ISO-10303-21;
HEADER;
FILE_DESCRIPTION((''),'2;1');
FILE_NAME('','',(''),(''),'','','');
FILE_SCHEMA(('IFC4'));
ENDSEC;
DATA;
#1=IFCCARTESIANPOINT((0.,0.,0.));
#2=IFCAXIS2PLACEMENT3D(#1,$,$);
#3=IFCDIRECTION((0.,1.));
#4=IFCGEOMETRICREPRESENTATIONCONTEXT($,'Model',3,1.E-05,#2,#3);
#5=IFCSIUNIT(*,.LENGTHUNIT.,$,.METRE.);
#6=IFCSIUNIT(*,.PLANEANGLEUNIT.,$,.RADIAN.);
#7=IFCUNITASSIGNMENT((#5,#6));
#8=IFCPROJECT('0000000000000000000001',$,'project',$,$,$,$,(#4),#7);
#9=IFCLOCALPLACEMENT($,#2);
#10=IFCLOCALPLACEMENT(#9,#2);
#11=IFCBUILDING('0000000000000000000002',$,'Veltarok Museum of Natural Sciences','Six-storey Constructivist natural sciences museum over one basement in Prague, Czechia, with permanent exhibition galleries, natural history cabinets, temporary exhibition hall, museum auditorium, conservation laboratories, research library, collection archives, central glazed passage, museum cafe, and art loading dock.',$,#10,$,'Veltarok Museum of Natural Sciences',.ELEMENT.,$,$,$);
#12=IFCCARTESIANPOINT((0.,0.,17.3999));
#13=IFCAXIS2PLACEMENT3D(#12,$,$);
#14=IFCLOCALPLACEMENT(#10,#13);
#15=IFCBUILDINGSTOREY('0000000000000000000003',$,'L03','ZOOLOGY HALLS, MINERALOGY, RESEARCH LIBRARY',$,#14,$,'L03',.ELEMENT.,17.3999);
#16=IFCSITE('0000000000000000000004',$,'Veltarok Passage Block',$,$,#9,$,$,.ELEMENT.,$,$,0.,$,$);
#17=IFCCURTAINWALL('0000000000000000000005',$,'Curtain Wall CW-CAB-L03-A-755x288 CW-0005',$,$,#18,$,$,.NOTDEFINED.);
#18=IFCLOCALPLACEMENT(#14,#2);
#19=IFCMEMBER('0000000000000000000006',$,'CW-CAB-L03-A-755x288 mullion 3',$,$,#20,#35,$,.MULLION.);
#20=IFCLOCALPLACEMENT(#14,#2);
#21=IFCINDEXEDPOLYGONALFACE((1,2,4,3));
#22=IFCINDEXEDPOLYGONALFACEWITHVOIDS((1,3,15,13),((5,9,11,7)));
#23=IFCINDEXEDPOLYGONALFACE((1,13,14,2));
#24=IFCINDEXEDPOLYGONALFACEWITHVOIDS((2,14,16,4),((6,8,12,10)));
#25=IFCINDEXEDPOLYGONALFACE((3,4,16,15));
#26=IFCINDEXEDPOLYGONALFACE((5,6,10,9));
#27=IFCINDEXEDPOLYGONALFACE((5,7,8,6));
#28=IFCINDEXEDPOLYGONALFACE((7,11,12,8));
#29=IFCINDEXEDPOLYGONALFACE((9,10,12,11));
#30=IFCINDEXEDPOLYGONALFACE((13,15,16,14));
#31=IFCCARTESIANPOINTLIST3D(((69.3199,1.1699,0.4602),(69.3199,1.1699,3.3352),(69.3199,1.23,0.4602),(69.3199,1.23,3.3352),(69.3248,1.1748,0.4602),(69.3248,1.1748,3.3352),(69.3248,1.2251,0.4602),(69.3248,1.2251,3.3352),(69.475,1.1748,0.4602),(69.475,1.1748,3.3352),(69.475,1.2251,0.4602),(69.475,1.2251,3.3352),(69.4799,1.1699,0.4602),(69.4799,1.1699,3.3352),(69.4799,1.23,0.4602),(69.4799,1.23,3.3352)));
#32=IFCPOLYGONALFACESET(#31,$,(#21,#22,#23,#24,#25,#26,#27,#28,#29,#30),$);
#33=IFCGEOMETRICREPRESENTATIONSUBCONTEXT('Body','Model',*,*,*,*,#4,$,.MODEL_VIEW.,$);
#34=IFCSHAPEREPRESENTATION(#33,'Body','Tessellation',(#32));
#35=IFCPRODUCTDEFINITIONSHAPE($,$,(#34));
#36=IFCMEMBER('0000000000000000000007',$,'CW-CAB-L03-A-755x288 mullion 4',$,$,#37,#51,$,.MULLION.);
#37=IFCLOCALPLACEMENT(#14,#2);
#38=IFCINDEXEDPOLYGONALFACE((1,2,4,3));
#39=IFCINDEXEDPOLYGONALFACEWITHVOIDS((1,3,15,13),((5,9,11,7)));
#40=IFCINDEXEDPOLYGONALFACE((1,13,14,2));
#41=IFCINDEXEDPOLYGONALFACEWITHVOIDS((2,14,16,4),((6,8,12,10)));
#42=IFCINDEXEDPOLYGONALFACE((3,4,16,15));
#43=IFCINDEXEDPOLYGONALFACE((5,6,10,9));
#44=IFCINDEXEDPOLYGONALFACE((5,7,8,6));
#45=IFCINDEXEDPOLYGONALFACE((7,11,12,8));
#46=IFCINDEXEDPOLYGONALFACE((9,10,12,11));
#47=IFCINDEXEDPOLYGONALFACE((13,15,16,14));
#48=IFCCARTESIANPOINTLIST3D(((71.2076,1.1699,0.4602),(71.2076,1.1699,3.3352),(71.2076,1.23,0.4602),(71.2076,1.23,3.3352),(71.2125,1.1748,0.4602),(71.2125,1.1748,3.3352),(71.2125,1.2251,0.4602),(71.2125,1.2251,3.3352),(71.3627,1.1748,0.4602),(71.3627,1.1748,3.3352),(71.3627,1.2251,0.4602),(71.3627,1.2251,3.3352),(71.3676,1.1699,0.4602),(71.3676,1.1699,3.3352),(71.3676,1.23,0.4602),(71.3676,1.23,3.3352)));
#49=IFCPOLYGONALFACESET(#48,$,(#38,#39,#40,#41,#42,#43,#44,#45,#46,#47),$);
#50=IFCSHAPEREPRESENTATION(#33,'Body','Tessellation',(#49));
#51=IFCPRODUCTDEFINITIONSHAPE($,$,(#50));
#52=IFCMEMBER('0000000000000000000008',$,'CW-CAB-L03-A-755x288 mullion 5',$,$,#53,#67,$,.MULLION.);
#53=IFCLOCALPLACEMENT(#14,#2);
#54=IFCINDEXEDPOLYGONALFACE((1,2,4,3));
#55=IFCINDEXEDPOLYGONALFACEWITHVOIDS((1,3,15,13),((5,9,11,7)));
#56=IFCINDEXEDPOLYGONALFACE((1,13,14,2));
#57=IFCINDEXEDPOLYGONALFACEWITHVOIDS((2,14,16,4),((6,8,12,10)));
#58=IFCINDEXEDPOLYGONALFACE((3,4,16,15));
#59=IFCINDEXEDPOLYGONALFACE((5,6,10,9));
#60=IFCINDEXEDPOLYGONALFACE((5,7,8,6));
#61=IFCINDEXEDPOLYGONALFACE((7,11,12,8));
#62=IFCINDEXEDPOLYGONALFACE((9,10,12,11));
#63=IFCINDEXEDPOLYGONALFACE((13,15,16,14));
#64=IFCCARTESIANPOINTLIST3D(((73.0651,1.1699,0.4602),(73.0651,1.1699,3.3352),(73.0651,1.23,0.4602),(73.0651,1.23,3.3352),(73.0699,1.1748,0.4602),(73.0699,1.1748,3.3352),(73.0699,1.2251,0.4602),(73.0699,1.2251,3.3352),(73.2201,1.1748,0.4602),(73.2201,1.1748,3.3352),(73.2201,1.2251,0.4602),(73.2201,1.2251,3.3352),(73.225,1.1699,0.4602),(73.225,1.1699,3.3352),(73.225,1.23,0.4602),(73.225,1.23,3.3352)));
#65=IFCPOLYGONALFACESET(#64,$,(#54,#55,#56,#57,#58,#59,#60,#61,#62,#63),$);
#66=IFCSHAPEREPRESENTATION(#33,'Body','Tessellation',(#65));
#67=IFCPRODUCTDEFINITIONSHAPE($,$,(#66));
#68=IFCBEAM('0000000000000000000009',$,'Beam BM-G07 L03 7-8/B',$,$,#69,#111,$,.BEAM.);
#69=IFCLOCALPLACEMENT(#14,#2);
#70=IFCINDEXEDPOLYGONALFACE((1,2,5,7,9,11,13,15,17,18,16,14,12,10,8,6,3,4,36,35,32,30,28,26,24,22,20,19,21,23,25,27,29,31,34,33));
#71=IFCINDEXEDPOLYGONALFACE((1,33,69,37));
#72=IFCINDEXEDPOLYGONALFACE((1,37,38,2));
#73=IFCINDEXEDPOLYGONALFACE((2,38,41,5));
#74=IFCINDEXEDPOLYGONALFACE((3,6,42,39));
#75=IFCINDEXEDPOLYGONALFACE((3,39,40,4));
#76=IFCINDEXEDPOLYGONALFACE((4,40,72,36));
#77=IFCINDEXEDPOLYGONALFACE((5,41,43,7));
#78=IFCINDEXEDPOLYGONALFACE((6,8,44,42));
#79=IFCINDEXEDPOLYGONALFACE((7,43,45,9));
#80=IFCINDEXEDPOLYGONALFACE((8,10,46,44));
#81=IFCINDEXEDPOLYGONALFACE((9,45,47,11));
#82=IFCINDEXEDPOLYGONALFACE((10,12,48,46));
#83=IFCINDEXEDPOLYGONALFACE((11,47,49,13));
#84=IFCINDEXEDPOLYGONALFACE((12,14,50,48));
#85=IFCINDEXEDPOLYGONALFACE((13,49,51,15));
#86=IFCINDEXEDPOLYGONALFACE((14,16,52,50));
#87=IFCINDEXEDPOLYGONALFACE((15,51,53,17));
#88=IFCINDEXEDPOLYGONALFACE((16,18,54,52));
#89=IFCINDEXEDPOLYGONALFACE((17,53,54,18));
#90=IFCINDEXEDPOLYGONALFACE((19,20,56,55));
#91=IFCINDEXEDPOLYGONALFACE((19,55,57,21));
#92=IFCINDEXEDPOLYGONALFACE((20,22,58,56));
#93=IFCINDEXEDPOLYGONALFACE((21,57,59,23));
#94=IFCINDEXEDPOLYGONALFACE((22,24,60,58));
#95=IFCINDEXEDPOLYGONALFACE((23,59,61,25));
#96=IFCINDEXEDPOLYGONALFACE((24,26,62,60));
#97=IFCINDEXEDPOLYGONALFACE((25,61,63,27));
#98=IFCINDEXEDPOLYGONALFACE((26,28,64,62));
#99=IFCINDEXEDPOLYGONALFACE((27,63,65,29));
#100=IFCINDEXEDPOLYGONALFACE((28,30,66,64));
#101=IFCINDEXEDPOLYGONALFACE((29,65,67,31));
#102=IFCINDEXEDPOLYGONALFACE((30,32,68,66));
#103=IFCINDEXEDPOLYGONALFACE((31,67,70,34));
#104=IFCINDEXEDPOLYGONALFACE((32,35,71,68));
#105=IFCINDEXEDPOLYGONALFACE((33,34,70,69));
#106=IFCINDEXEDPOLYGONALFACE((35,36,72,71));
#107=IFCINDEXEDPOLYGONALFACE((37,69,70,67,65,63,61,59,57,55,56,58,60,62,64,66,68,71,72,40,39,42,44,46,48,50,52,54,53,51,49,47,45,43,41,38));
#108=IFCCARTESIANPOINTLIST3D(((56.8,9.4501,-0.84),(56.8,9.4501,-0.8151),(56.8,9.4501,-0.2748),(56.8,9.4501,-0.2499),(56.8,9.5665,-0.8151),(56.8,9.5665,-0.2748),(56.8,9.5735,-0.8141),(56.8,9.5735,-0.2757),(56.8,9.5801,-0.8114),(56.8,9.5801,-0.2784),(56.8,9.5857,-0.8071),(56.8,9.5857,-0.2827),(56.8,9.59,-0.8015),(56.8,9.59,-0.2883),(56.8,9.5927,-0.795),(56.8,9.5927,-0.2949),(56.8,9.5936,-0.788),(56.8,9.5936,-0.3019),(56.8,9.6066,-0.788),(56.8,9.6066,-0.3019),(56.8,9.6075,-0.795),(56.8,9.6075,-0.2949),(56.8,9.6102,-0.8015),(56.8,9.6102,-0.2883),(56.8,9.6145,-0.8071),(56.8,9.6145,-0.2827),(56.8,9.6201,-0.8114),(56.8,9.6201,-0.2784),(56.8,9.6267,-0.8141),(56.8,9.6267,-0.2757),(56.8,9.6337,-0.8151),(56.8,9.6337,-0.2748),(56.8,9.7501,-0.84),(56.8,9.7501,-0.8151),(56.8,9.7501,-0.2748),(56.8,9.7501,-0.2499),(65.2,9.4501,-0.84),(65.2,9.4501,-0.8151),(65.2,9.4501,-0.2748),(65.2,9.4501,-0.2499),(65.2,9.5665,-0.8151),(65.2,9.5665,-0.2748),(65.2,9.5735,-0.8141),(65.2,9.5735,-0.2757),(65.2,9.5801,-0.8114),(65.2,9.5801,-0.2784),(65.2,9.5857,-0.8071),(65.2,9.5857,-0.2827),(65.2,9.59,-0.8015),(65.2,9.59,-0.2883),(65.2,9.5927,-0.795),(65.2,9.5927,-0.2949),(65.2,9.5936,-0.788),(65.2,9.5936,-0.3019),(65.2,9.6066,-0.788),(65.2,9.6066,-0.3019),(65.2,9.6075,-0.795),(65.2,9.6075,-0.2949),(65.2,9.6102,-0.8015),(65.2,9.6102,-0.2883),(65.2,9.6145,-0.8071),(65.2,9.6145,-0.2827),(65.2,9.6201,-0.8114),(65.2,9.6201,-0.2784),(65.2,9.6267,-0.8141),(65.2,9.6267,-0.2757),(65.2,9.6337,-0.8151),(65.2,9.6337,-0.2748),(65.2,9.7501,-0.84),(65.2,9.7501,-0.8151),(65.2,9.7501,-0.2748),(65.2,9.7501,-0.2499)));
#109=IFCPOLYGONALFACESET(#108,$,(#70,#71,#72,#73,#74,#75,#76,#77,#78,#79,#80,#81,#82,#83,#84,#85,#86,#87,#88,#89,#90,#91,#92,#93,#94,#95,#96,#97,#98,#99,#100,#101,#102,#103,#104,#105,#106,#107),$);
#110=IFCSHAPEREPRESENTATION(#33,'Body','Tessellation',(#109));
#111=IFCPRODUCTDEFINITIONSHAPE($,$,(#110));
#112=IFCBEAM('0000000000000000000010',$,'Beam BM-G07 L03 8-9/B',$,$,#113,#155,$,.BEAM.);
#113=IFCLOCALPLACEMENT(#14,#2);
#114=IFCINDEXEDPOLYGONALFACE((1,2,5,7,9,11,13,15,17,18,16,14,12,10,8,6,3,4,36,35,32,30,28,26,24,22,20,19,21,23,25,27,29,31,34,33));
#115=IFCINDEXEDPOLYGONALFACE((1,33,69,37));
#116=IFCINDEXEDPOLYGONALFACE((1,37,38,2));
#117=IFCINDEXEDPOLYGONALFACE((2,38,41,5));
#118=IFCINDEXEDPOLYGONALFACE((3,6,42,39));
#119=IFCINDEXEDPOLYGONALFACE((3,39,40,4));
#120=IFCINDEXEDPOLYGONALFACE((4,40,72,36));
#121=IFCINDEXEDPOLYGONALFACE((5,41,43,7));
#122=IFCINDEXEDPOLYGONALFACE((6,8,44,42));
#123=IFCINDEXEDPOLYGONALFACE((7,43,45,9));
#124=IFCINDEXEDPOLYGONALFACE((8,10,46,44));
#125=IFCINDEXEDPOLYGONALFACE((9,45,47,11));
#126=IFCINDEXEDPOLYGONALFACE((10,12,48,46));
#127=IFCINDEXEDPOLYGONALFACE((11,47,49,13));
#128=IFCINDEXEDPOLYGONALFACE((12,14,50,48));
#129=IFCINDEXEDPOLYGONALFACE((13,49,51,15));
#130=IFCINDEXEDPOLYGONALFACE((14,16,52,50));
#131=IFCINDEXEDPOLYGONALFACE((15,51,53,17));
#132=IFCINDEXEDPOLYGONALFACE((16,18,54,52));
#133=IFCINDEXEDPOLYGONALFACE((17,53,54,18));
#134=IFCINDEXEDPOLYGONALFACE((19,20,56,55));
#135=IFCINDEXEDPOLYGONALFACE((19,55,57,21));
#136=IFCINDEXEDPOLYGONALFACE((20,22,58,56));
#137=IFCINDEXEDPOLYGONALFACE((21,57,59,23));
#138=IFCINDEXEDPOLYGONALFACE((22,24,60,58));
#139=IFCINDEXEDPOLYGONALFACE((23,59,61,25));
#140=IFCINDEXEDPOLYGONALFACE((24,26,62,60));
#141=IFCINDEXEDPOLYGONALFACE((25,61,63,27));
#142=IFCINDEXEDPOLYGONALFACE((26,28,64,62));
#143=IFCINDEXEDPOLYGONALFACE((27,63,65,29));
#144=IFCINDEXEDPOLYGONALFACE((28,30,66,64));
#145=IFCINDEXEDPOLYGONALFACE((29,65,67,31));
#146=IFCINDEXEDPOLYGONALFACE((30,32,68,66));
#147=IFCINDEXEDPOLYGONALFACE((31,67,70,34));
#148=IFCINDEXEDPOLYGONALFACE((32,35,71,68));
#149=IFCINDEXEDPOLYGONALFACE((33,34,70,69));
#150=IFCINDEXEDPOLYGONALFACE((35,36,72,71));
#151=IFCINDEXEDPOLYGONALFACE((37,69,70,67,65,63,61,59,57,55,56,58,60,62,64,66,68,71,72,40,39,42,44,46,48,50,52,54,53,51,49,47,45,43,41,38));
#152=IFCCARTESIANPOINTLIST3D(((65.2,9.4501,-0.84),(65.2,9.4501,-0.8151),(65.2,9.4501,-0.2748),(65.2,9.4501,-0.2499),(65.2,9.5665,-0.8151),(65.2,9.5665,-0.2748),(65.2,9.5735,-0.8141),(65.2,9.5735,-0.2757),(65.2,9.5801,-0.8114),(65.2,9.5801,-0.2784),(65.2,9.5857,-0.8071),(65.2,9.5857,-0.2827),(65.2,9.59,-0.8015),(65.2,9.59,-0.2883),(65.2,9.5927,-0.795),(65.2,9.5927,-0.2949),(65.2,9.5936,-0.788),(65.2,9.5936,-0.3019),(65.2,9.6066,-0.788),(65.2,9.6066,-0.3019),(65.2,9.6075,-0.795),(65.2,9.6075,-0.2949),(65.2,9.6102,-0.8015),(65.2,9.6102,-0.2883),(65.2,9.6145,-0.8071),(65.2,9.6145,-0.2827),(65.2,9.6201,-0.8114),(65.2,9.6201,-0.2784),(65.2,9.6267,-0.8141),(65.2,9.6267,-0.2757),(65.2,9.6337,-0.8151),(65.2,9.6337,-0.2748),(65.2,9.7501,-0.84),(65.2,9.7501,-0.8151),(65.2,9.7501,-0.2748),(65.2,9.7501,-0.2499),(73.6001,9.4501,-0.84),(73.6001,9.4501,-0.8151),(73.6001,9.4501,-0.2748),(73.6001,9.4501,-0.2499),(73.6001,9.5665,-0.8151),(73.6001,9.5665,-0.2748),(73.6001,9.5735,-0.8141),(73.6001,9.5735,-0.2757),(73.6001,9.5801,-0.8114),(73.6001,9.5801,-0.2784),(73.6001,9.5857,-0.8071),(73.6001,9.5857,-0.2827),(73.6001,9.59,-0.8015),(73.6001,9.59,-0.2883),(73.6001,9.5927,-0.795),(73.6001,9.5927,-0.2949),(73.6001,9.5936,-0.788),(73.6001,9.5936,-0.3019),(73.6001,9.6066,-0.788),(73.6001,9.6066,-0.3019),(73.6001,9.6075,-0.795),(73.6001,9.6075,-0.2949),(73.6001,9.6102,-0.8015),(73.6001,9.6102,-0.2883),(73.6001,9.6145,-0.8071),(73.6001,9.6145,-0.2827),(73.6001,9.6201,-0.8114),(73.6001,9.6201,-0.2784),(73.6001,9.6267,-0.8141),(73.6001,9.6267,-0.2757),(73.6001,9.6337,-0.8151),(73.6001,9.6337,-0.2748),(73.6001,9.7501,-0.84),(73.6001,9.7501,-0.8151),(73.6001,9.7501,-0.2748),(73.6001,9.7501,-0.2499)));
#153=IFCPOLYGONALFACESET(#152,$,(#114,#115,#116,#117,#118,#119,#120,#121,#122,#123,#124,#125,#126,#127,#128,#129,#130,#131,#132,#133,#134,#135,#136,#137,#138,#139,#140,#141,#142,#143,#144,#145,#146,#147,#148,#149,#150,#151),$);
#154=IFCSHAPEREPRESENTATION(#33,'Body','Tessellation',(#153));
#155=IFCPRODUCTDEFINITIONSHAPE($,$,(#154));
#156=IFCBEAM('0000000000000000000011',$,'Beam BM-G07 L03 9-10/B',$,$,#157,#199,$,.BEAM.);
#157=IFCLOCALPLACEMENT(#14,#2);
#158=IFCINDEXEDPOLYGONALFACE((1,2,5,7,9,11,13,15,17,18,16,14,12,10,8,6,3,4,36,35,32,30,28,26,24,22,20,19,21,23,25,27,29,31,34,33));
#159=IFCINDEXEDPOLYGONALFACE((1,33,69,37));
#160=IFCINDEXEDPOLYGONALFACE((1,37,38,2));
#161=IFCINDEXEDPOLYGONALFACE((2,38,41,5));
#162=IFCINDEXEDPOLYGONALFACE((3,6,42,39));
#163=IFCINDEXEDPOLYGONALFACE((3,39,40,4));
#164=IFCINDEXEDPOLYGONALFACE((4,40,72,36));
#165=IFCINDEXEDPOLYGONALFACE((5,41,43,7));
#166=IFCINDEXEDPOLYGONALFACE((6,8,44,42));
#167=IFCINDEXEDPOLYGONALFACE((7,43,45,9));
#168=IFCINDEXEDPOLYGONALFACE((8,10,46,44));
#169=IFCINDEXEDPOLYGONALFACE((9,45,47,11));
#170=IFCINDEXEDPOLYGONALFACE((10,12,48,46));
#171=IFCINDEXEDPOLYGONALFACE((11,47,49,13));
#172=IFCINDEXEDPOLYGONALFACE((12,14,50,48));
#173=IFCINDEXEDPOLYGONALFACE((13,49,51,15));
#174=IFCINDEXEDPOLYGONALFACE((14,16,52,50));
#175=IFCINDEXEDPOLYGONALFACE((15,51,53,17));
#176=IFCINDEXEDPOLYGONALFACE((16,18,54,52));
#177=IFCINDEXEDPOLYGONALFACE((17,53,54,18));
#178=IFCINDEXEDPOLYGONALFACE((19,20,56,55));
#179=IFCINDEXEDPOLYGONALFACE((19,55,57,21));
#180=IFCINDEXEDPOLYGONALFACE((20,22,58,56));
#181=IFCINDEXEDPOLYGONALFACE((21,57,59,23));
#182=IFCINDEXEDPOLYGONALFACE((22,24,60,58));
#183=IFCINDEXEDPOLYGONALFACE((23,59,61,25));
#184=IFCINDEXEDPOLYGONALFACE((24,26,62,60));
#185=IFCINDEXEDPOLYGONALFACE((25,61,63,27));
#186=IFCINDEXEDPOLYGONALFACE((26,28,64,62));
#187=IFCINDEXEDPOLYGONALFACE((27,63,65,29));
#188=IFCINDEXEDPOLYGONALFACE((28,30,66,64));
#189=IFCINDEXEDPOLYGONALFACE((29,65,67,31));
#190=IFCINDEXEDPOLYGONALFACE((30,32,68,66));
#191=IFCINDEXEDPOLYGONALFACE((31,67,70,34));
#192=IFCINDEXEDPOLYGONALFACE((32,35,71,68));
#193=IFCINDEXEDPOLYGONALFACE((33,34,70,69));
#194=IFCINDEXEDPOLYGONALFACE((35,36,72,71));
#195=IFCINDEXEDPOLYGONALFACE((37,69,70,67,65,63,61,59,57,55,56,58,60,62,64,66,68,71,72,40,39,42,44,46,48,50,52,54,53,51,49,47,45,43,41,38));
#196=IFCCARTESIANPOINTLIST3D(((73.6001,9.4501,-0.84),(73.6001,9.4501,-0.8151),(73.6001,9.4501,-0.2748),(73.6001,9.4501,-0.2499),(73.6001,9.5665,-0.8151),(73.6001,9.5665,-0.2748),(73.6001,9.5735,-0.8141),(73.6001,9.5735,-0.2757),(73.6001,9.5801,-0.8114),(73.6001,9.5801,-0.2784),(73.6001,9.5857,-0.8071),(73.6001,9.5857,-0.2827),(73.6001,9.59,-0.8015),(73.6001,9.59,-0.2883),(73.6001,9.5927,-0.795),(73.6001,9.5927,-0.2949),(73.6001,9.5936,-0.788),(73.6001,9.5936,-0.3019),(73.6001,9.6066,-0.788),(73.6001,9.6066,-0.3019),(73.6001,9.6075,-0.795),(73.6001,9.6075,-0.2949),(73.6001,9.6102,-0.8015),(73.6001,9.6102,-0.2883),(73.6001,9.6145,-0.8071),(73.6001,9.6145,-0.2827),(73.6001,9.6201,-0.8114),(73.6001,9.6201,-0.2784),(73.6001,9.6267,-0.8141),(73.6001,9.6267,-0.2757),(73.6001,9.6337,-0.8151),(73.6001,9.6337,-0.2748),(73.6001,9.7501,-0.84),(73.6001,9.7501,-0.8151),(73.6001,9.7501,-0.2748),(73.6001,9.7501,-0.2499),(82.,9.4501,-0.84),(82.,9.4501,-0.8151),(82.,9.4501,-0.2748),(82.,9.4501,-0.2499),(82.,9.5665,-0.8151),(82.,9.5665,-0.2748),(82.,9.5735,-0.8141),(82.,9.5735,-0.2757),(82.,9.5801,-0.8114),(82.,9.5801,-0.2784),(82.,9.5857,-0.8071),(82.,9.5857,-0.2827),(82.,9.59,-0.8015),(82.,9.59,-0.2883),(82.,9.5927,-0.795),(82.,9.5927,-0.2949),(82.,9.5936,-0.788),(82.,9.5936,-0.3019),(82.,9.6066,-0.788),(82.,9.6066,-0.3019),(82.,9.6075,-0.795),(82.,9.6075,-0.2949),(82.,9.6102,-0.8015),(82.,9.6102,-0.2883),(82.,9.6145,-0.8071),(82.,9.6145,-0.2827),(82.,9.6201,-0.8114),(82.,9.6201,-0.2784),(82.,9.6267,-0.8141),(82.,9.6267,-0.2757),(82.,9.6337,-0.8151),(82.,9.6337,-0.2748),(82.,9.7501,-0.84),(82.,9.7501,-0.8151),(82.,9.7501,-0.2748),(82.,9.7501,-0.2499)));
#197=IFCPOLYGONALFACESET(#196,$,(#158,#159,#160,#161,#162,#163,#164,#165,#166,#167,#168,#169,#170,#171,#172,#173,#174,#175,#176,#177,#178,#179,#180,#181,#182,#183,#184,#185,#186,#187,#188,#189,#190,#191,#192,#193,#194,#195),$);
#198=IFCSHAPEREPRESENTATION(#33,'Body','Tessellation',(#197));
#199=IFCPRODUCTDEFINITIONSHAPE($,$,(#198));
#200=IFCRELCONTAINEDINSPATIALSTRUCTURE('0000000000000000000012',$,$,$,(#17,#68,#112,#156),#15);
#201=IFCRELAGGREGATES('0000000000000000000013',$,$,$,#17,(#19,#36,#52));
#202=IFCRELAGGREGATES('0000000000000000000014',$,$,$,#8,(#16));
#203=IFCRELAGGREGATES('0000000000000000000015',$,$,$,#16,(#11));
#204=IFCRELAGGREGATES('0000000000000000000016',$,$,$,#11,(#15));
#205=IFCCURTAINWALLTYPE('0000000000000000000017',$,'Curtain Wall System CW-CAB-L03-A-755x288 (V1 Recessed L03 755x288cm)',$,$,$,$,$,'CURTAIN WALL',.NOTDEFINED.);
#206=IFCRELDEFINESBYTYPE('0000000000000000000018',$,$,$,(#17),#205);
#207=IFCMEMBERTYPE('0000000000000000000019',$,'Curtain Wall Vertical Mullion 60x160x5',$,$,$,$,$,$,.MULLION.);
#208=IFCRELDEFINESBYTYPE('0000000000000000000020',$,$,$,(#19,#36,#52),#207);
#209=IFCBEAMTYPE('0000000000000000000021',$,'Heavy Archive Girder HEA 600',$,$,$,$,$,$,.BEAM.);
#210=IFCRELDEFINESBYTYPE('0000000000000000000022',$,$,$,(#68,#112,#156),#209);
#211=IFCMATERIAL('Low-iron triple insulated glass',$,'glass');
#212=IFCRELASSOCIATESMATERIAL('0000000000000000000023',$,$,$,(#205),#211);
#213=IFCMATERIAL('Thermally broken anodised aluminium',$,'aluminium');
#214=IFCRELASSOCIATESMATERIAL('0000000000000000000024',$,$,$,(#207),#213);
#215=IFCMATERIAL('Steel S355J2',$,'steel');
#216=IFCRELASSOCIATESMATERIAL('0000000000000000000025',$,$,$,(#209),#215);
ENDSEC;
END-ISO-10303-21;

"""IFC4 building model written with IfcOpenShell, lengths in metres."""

from ifc_helpers import new_model, si_unit, direction, frame, origin, origin_2d, place, context, subcontext, project, spatial, hollow_rectangle, i_section, extrude, material, material_profile, profile_set, type_object, element, aggregate, save


model = new_model("IFC4")

# Units and contexts
model_context = context("Model", 3, precision=1e-05, world=origin(), true_north=direction((0.0, 1.0)))
body_context = subcontext(model_context, "Body", "Model", "MODEL_VIEW")
ifc_project = project(units=[si_unit("LENGTHUNIT", "METRE"), si_unit("PLANEANGLEUNIT", "RADIAN")], contexts=[model_context])

# Site, building, storey
site_placement = place(None, origin())
site = spatial("IfcSite", under=ifc_project, at=site_placement, Name="Veltarok Passage Block", CompositionType="ELEMENT", RefElevation=0.0)
building_placement = place(site_placement, origin())
building = spatial("IfcBuilding", under=site, at=building_placement, Name="Veltarok Museum of Natural Sciences", Description="Six-storey Constructivist natural sciences museum over one basement in Prague, Czechia, with permanent exhibition galleries, natural history cabinets, temporary exhibition hall, museum auditorium, conservation laboratories, research library, collection archives, central glazed passage, museum cafe, and art loading dock.", LongName="Veltarok Museum of Natural Sciences", CompositionType="ELEMENT")
storey_placement = place(building_placement, frame((0.0, 0.0, 17.3999)))
storey = spatial("IfcBuildingStorey", under=building, at=storey_placement, Name="L03", Description="ZOOLOGY HALLS, MINERALOGY, RESEARCH LIBRARY", LongName="L03", CompositionType="ELEMENT", Elevation=17.3999)

# Shared definitions
ifc_material_1 = material(Name="Steel S355J2", Category="steel")

# Curtain wall, members
ifc_material_2 = material(Name="Low-iron triple insulated glass", Category="glass")
curtain_wall_type = type_object("IfcCurtainWallType", Name="Curtain Wall System CW-CAB-L03-A-755x288 (V1 Recessed L03 755x288cm)", ElementType="CURTAIN WALL", PredefinedType="NOTDEFINED", material=ifc_material_2)
curtain_wall_placement = place(storey_placement, origin())
curtain_wall = element("IfcCurtainWall", 1, at=curtain_wall_placement, inside=storey, type_object=curtain_wall_type, Name="Curtain Wall CW-CAB-L03-A-755x288 CW-0005", PredefinedType="NOTDEFINED")
ifc_material_3 = material(Name="Thermally broken anodised aluminium", Category="aluminium")
ifc_material_profile_1 = material_profile(ifc_material_3, hollow_rectangle(XDim=0.0601, YDim=0.1599, WallThickness=0.0049, at=origin_2d()), Name="CW MULLION 60x160x5")
ifc_profile_set_1 = profile_set([ifc_material_profile_1], Name="Thermally broken anodised aluminium")
member_type_1 = type_object("IfcMemberType", Name="Curtain Wall Vertical Mullion 60x160x5", PredefinedType="MULLION", material=ifc_profile_set_1)
member_1_placement = place(storey_placement, frame((69.3999, 1.2, 0.4602), z_axis=(0.0, 0.0, 1.0), x_axis=(0.0, 1.0, 0.0)))
member_1 = element("IfcMember", 2, at=member_1_placement, type_object=member_type_1, Name="CW-CAB-L03-A-755x288 mullion 3", PredefinedType="MULLION", context=body_context, shape_type="SweptSolid", body=[
    extrude(hollow_rectangle(XDim=0.0601, YDim=0.1599, WallThickness=0.0049, at=origin_2d()), origin(), (0.0, 0.0, 1.0), 2.875),
])
member_2_placement = place(storey_placement, frame((71.2876, 1.2, 0.4602), z_axis=(0.0, 0.0, 1.0), x_axis=(0.0, 1.0, 0.0)))
member_2 = element("IfcMember", 3, at=member_2_placement, type_object=member_type_1, Name="CW-CAB-L03-A-755x288 mullion 4", PredefinedType="MULLION", context=body_context, shape_type="SweptSolid", body=[
    extrude(hollow_rectangle(XDim=0.0601, YDim=0.1599, WallThickness=0.0049, at=origin_2d()), origin(), (0.0, 0.0, 1.0), 2.875),
])
member_3_placement = place(storey_placement, frame((73.145, 1.2, 0.4602), z_axis=(0.0, 0.0, 1.0), x_axis=(0.0, 1.0, 0.0)))
member_3 = element("IfcMember", 4, at=member_3_placement, type_object=member_type_1, Name="CW-CAB-L03-A-755x288 mullion 5", PredefinedType="MULLION", context=body_context, shape_type="SweptSolid", body=[
    extrude(hollow_rectangle(XDim=0.0601, YDim=0.1599, WallThickness=0.0049, at=origin_2d()), origin(), (0.0, 0.0, 1.0), 2.875),
])

# Beams
ifc_material_profile_2 = material_profile(ifc_material_1, i_section(OverallWidth=0.3, OverallDepth=0.5901, WebThickness=0.0129, FlangeThickness=0.0249, FilletRadius=0.0271, at=origin_2d()), Name="HEA 600")
ifc_profile_set_2 = profile_set([ifc_material_profile_2], Name="Steel S355J2")
beam_type_1 = type_object("IfcBeamType", Name="Heavy Archive Girder HEA 600", PredefinedType="BEAM", material=ifc_profile_set_2)
beam_1_placement = place(storey_placement, frame((56.8, 9.6001, -0.5449), z_axis=(1.0, 0.0, 0.0), x_axis=(0.0, 1.0, 0.0)))
element("IfcBeam", 5, at=beam_1_placement, inside=storey, type_object=beam_type_1, Name="Beam BM-G07 L03 7-8/B", PredefinedType="BEAM", context=body_context, shape_type="SweptSolid", body=[
    extrude(i_section(OverallWidth=0.3, OverallDepth=0.5901, WebThickness=0.0129, FlangeThickness=0.0249, FilletRadius=0.0271, at=origin_2d()), origin(), (0.0, 0.0, 1.0), 8.3999),
])
beam_2_placement = place(storey_placement, frame((65.2, 9.6001, -0.5449), z_axis=(1.0, 0.0, 0.0), x_axis=(0.0, 1.0, 0.0)))
element("IfcBeam", 6, at=beam_2_placement, inside=storey, type_object=beam_type_1, Name="Beam BM-G07 L03 8-9/B", PredefinedType="BEAM", context=body_context, shape_type="SweptSolid", body=[
    extrude(i_section(OverallWidth=0.3, OverallDepth=0.5901, WebThickness=0.0129, FlangeThickness=0.0249, FilletRadius=0.0271, at=origin_2d()), origin(), (0.0, 0.0, 1.0), 8.4001),
])
beam_3_placement = place(storey_placement, frame((73.6001, 9.6001, -0.5449), z_axis=(1.0, 0.0, 0.0), x_axis=(0.0, 1.0, 0.0)))
element("IfcBeam", 7, at=beam_3_placement, inside=storey, type_object=beam_type_1, Name="Beam BM-G07 L03 9-10/B", PredefinedType="BEAM", context=body_context, shape_type="SweptSolid", body=[
    extrude(i_section(OverallWidth=0.3, OverallDepth=0.5901, WebThickness=0.0129, FlangeThickness=0.0249, FilletRadius=0.0271, at=origin_2d()), origin(), (0.0, 0.0, 1.0), 8.3999),
])

aggregate(curtain_wall, [member_1, member_2, member_3])

save(model, "model.ifc")
